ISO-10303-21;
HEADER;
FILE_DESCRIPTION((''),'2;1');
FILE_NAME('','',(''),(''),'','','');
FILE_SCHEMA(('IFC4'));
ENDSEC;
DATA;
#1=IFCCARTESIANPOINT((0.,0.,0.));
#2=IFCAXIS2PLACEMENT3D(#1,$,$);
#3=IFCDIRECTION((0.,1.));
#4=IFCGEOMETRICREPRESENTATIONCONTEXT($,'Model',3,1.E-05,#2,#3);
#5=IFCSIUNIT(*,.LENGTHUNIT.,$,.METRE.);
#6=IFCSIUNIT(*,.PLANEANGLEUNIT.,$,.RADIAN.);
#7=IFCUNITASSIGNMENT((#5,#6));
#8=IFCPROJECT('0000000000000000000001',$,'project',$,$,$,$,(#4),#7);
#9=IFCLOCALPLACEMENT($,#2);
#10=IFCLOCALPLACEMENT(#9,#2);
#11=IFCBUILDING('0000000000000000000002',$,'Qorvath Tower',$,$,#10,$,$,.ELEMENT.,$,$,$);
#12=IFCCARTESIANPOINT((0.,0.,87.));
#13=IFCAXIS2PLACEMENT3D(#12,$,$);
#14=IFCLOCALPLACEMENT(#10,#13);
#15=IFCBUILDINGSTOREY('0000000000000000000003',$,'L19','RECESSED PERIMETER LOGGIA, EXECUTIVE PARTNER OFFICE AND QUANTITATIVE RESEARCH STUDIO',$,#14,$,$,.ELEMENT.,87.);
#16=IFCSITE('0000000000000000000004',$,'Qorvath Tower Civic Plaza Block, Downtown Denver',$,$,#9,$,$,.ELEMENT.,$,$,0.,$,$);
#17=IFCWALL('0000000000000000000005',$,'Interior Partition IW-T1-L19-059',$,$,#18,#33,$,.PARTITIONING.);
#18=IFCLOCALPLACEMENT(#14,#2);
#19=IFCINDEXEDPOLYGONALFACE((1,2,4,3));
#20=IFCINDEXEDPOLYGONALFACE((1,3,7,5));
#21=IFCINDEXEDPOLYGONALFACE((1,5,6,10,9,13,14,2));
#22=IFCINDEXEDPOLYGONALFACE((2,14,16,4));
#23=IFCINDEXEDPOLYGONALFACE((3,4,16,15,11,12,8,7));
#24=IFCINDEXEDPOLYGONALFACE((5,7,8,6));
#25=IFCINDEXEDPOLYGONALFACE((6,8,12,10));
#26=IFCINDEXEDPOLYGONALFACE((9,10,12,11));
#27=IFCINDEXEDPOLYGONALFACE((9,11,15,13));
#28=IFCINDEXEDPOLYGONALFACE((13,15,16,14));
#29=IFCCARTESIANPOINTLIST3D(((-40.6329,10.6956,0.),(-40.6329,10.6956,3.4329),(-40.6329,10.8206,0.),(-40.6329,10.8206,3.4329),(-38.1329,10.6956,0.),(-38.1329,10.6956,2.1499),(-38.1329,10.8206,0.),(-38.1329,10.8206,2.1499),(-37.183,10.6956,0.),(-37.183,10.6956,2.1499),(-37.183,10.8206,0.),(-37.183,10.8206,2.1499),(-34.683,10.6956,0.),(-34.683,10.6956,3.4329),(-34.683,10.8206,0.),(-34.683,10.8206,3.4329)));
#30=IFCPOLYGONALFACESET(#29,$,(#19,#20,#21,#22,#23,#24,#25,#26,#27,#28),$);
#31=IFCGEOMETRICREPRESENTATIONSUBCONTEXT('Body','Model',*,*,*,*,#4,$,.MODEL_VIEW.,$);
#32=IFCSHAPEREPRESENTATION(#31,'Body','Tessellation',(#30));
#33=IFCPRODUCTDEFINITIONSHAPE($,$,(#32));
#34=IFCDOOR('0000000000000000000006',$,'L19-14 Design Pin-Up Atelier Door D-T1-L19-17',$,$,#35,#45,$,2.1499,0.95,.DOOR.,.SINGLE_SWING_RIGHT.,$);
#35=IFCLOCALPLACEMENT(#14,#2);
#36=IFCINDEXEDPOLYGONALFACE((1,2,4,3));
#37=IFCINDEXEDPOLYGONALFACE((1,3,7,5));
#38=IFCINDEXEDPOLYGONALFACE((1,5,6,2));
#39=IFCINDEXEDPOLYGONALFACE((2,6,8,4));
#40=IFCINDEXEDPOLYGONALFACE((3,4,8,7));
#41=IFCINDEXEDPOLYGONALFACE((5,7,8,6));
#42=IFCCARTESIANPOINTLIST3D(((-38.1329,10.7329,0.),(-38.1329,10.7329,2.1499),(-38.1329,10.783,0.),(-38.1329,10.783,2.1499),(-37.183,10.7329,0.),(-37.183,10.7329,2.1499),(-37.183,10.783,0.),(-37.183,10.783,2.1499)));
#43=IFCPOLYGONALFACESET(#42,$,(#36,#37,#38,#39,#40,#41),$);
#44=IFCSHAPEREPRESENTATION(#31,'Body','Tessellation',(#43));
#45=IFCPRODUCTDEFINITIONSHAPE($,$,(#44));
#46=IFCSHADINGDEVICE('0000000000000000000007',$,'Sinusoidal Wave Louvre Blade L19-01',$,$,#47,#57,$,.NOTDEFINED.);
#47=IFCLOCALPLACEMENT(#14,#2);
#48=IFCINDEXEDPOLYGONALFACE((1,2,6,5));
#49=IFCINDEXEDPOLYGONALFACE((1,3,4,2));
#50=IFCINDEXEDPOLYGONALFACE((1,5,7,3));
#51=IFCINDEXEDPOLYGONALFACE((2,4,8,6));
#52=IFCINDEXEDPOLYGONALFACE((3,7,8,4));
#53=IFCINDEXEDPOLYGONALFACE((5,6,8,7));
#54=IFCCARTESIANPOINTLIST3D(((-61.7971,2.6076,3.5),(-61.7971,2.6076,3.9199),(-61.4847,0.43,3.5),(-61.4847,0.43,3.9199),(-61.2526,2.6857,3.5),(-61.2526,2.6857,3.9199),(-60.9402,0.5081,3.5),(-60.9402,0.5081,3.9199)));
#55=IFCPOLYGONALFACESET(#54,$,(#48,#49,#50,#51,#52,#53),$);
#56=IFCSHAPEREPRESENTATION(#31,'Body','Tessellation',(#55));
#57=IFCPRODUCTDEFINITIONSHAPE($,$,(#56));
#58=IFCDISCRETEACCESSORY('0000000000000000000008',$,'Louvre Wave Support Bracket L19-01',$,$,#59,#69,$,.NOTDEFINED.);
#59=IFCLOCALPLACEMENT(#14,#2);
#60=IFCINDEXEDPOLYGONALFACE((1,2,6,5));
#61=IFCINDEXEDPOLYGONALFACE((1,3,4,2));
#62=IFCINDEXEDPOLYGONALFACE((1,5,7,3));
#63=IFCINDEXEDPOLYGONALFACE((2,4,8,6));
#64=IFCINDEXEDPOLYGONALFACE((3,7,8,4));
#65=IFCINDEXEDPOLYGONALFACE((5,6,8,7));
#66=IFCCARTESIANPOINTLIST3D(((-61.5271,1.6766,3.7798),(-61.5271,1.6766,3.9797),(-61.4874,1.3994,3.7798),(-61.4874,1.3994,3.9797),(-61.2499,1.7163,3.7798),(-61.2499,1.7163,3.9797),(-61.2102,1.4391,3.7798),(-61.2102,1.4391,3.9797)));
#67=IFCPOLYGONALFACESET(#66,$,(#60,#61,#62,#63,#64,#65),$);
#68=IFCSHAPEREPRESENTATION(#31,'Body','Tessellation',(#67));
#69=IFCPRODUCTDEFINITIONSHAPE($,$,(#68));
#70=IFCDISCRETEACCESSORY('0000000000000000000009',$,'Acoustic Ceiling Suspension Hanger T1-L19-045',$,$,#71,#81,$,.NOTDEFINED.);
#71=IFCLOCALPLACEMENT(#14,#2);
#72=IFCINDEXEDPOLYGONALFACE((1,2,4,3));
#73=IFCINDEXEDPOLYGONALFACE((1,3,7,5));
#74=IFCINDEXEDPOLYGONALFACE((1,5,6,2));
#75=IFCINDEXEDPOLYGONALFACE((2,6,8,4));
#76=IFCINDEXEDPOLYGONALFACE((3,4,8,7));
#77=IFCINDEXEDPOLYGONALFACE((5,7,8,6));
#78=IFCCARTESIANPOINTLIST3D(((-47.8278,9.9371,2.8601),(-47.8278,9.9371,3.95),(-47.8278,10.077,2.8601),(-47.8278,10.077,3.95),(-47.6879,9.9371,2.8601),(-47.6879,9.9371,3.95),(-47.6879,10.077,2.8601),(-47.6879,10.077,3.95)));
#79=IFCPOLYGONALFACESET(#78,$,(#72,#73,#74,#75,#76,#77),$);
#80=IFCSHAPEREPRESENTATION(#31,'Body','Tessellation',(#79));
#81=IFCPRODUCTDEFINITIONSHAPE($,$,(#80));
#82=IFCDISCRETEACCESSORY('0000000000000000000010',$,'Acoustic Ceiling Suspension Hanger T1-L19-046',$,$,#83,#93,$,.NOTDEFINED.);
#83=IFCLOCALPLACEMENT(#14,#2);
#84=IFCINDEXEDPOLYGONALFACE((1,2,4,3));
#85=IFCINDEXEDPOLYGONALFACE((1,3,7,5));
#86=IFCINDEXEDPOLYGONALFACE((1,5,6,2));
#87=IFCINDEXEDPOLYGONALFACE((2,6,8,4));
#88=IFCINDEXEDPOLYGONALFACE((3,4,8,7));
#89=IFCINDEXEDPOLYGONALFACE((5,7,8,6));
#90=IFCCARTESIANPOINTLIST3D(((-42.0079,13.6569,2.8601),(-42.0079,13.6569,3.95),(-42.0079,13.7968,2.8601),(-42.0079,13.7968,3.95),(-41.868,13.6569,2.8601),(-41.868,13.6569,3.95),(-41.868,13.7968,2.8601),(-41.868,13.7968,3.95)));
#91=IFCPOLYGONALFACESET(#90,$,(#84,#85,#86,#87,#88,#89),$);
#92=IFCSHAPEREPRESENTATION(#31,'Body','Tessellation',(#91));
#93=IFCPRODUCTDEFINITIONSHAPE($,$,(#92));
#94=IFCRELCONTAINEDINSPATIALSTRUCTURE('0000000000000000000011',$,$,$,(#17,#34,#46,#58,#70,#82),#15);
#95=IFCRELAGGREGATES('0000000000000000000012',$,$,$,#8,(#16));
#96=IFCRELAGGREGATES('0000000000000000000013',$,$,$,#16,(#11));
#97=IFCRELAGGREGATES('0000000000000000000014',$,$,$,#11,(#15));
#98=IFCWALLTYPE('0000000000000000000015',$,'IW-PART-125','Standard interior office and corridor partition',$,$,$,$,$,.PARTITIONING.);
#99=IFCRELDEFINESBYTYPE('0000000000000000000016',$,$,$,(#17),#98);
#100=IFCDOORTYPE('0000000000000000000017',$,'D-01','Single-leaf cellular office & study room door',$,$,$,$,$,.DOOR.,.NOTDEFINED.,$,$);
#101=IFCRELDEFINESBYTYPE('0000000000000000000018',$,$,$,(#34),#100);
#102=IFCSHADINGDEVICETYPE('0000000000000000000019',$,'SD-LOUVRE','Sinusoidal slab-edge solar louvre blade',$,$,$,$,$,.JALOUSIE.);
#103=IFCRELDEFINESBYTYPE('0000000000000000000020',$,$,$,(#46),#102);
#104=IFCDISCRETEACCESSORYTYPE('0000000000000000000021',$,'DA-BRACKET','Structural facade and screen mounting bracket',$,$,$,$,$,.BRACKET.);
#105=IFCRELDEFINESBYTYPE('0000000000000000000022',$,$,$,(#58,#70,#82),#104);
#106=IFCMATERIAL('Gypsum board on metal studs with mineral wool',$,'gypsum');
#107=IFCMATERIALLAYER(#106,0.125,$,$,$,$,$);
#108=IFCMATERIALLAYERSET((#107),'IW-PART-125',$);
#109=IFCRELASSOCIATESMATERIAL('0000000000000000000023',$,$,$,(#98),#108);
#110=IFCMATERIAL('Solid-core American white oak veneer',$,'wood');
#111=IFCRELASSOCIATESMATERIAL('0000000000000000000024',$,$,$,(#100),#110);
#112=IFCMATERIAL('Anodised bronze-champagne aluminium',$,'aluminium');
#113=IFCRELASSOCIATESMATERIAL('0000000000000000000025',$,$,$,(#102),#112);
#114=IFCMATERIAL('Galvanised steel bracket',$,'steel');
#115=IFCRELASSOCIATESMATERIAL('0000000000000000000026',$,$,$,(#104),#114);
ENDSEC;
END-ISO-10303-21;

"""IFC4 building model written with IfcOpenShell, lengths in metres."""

from ifc_helpers import new_model, si_unit, direction, frame, frame_2d, origin, origin_2d, place, context, subcontext, project, spatial, rectangle, extrude, material, layer, layer_set, type_object, element, fill, save


model = new_model("IFC4")

# Units and contexts
model_context = context("Model", 3, precision=1e-05, world=origin(), true_north=direction((0.0, 1.0)))
body_context = subcontext(model_context, "Body", "Model", "MODEL_VIEW")
ifc_project = project(units=[si_unit("LENGTHUNIT", "METRE"), si_unit("PLANEANGLEUNIT", "RADIAN")], contexts=[model_context])

# Site, building, storey
site_placement = place(None, origin())
site = spatial("IfcSite", under=ifc_project, at=site_placement, Name="Qorvath Tower Civic Plaza Block, Downtown Denver", CompositionType="ELEMENT", RefElevation=0.0)
building_placement = place(site_placement, origin())
building = spatial("IfcBuilding", under=site, at=building_placement, Name="Qorvath Tower", CompositionType="ELEMENT")
storey_placement = place(building_placement, frame((0.0, 0.0, 87.0)))
storey = spatial("IfcBuildingStorey", under=building, at=storey_placement, Name="L19", Description="RECESSED PERIMETER LOGGIA, EXECUTIVE PARTNER OFFICE AND QUANTITATIVE RESEARCH STUDIO", CompositionType="ELEMENT", Elevation=87.0)

# Shared definitions
ifc_material_1 = material(Name="Gypsum board on metal studs with mineral wool", Category="gypsum")
ifc_layer_1 = layer(ifc_material_1, 0.125)
ifc_layer_set_1 = layer_set([ifc_layer_1], Name="IW-PART-125")
wall_type_1 = type_object("IfcWallType", Name="IW-PART-125", Description="Standard interior office and corridor partition", PredefinedType="PARTITIONING", material=ifc_layer_set_1)

# Wall, opening, door
wall_1_placement = place(storey_placement, frame((-40.6331, 10.7581, 0.0), z_axis=(0.0, 0.0, 1.0), x_axis=(1.0, 0.0, 0.0)))
wall_1 = element("IfcWall", 1, at=wall_1_placement, inside=storey, type_object=wall_type_1, Name="Interior Partition IW-T1-L19-059", PredefinedType="PARTITIONING", context=body_context, shape_type="SweptSolid", body=[
    extrude(rectangle(XDim=5.95, YDim=0.125, at=frame_2d((2.9751, 0.0))), origin(), (0.0, 0.0, 1.0), 3.4329),
])
opening_placement = place(wall_1_placement, frame((2.5, 0.0, 0.0)))
opening = element("IfcOpeningElement", 2, at=opening_placement, cuts=wall_1, PredefinedType="OPENING", context=body_context, shape_type="SweptSolid", body=[
    extrude(rectangle(XDim=0.95, YDim=2.1499, at=frame_2d((0.4751, 1.075))), frame((0.0, 0.0725, 0.0), z_axis=(0.0, -1.0, 0.0), x_axis=(1.0, 0.0, 0.0)), (0.0, 0.0, 1.0), 0.145),
])
ifc_material_2 = material(Name="Solid-core American white oak veneer", Category="wood")
door_type = type_object("IfcDoorType", Name="D-01", Description="Single-leaf cellular office & study room door", OperationType="NOTDEFINED", PredefinedType="DOOR", material=ifc_material_2)
door_placement = place(opening_placement, origin())
door = element("IfcDoor", 3, at=door_placement, inside=storey, type_object=door_type, Name="L19-14 Design Pin-Up Atelier Door D-T1-L19-17", OperationType="SINGLE_SWING_RIGHT", OverallHeight=2.1499, OverallWidth=0.95, PredefinedType="DOOR", context=body_context, shape_type="SweptSolid", body=[
    extrude(rectangle(XDim=0.95, YDim=2.1499, at=frame_2d((0.4751, 1.075))), frame((0.0, 0.0249, 0.0), z_axis=(0.0, -1.0, 0.0), x_axis=(1.0, 0.0, 0.0)), (0.0, 0.0, 1.0), 0.05),
])
fill(opening, door)

# Shading device
ifc_material_3 = material(Name="Anodised bronze-champagne aluminium", Category="aluminium")
shading_device_type = type_object("IfcShadingDeviceType", Name="SD-LOUVRE", Description="Sinusoidal slab-edge solar louvre blade", PredefinedType="JALOUSIE", material=ifc_material_3)
shading_device_placement = place(storey_placement, frame((-61.3687, 1.5579, 3.5), z_axis=(0.0, 0.0, 1.0), x_axis=(0.142, -0.989867, 0.0)))
element("IfcShadingDevice", 4, at=shading_device_placement, inside=storey, type_object=shading_device_type, Name="Sinusoidal Wave Louvre Blade L19-01", PredefinedType="NOTDEFINED", context=body_context, shape_type="SweptSolid", body=[
    extrude(rectangle(XDim=2.2, YDim=0.55, at=origin_2d()), origin(), (0.0, 0.0, 1.0), 0.4199),
])

# Discrete accessories
ifc_material_4 = material(Name="Galvanised steel bracket", Category="steel")
discrete_accessory_type = type_object("IfcDiscreteAccessoryType", Name="DA-BRACKET", Description="Structural facade and screen mounting bracket", PredefinedType="BRACKET", material=ifc_material_4)
discrete_accessory_placement = place(storey_placement, frame((-61.3687, 1.5579, 3.7798), z_axis=(0.0, 0.0, 1.0), x_axis=(0.142, -0.989867, 0.0)))
element("IfcDiscreteAccessory", 5, at=discrete_accessory_placement, inside=storey, type_object=discrete_accessory_type, Name="Louvre Wave Support Bracket L19-01", PredefinedType="NOTDEFINED", context=body_context, shape_type="SweptSolid", body=[
    extrude(rectangle(XDim=0.28, YDim=0.28, at=origin_2d()), origin(), (0.0, 0.0, 1.0), 0.2),
])
for number, where, z_axis, x_axis, name in (
    (6, (-47.7578, 10.0071, 2.8601), (0.0, 0.0, 1.0), (1.0, 0.0, 0.0), "Acoustic Ceiling Suspension Hanger T1-L19-045"),
    (7, (-41.938, 13.7268, 2.8601), (0.0, 0.0, 1.0), (1.0, 0.0, 0.0), "Acoustic Ceiling Suspension Hanger T1-L19-046"),
):
    element("IfcDiscreteAccessory", number, at=place(storey_placement, frame(where, z_axis=z_axis, x_axis=x_axis)), inside=storey, type_object=discrete_accessory_type, Name=name, PredefinedType="NOTDEFINED", context=body_context, shape_type="SweptSolid", body=[
        extrude(rectangle(XDim=0.1399, YDim=0.1399, at=origin_2d()), origin(), (0.0, 0.0, 1.0), 1.0898),
    ])

save(model, "model.ifc")
